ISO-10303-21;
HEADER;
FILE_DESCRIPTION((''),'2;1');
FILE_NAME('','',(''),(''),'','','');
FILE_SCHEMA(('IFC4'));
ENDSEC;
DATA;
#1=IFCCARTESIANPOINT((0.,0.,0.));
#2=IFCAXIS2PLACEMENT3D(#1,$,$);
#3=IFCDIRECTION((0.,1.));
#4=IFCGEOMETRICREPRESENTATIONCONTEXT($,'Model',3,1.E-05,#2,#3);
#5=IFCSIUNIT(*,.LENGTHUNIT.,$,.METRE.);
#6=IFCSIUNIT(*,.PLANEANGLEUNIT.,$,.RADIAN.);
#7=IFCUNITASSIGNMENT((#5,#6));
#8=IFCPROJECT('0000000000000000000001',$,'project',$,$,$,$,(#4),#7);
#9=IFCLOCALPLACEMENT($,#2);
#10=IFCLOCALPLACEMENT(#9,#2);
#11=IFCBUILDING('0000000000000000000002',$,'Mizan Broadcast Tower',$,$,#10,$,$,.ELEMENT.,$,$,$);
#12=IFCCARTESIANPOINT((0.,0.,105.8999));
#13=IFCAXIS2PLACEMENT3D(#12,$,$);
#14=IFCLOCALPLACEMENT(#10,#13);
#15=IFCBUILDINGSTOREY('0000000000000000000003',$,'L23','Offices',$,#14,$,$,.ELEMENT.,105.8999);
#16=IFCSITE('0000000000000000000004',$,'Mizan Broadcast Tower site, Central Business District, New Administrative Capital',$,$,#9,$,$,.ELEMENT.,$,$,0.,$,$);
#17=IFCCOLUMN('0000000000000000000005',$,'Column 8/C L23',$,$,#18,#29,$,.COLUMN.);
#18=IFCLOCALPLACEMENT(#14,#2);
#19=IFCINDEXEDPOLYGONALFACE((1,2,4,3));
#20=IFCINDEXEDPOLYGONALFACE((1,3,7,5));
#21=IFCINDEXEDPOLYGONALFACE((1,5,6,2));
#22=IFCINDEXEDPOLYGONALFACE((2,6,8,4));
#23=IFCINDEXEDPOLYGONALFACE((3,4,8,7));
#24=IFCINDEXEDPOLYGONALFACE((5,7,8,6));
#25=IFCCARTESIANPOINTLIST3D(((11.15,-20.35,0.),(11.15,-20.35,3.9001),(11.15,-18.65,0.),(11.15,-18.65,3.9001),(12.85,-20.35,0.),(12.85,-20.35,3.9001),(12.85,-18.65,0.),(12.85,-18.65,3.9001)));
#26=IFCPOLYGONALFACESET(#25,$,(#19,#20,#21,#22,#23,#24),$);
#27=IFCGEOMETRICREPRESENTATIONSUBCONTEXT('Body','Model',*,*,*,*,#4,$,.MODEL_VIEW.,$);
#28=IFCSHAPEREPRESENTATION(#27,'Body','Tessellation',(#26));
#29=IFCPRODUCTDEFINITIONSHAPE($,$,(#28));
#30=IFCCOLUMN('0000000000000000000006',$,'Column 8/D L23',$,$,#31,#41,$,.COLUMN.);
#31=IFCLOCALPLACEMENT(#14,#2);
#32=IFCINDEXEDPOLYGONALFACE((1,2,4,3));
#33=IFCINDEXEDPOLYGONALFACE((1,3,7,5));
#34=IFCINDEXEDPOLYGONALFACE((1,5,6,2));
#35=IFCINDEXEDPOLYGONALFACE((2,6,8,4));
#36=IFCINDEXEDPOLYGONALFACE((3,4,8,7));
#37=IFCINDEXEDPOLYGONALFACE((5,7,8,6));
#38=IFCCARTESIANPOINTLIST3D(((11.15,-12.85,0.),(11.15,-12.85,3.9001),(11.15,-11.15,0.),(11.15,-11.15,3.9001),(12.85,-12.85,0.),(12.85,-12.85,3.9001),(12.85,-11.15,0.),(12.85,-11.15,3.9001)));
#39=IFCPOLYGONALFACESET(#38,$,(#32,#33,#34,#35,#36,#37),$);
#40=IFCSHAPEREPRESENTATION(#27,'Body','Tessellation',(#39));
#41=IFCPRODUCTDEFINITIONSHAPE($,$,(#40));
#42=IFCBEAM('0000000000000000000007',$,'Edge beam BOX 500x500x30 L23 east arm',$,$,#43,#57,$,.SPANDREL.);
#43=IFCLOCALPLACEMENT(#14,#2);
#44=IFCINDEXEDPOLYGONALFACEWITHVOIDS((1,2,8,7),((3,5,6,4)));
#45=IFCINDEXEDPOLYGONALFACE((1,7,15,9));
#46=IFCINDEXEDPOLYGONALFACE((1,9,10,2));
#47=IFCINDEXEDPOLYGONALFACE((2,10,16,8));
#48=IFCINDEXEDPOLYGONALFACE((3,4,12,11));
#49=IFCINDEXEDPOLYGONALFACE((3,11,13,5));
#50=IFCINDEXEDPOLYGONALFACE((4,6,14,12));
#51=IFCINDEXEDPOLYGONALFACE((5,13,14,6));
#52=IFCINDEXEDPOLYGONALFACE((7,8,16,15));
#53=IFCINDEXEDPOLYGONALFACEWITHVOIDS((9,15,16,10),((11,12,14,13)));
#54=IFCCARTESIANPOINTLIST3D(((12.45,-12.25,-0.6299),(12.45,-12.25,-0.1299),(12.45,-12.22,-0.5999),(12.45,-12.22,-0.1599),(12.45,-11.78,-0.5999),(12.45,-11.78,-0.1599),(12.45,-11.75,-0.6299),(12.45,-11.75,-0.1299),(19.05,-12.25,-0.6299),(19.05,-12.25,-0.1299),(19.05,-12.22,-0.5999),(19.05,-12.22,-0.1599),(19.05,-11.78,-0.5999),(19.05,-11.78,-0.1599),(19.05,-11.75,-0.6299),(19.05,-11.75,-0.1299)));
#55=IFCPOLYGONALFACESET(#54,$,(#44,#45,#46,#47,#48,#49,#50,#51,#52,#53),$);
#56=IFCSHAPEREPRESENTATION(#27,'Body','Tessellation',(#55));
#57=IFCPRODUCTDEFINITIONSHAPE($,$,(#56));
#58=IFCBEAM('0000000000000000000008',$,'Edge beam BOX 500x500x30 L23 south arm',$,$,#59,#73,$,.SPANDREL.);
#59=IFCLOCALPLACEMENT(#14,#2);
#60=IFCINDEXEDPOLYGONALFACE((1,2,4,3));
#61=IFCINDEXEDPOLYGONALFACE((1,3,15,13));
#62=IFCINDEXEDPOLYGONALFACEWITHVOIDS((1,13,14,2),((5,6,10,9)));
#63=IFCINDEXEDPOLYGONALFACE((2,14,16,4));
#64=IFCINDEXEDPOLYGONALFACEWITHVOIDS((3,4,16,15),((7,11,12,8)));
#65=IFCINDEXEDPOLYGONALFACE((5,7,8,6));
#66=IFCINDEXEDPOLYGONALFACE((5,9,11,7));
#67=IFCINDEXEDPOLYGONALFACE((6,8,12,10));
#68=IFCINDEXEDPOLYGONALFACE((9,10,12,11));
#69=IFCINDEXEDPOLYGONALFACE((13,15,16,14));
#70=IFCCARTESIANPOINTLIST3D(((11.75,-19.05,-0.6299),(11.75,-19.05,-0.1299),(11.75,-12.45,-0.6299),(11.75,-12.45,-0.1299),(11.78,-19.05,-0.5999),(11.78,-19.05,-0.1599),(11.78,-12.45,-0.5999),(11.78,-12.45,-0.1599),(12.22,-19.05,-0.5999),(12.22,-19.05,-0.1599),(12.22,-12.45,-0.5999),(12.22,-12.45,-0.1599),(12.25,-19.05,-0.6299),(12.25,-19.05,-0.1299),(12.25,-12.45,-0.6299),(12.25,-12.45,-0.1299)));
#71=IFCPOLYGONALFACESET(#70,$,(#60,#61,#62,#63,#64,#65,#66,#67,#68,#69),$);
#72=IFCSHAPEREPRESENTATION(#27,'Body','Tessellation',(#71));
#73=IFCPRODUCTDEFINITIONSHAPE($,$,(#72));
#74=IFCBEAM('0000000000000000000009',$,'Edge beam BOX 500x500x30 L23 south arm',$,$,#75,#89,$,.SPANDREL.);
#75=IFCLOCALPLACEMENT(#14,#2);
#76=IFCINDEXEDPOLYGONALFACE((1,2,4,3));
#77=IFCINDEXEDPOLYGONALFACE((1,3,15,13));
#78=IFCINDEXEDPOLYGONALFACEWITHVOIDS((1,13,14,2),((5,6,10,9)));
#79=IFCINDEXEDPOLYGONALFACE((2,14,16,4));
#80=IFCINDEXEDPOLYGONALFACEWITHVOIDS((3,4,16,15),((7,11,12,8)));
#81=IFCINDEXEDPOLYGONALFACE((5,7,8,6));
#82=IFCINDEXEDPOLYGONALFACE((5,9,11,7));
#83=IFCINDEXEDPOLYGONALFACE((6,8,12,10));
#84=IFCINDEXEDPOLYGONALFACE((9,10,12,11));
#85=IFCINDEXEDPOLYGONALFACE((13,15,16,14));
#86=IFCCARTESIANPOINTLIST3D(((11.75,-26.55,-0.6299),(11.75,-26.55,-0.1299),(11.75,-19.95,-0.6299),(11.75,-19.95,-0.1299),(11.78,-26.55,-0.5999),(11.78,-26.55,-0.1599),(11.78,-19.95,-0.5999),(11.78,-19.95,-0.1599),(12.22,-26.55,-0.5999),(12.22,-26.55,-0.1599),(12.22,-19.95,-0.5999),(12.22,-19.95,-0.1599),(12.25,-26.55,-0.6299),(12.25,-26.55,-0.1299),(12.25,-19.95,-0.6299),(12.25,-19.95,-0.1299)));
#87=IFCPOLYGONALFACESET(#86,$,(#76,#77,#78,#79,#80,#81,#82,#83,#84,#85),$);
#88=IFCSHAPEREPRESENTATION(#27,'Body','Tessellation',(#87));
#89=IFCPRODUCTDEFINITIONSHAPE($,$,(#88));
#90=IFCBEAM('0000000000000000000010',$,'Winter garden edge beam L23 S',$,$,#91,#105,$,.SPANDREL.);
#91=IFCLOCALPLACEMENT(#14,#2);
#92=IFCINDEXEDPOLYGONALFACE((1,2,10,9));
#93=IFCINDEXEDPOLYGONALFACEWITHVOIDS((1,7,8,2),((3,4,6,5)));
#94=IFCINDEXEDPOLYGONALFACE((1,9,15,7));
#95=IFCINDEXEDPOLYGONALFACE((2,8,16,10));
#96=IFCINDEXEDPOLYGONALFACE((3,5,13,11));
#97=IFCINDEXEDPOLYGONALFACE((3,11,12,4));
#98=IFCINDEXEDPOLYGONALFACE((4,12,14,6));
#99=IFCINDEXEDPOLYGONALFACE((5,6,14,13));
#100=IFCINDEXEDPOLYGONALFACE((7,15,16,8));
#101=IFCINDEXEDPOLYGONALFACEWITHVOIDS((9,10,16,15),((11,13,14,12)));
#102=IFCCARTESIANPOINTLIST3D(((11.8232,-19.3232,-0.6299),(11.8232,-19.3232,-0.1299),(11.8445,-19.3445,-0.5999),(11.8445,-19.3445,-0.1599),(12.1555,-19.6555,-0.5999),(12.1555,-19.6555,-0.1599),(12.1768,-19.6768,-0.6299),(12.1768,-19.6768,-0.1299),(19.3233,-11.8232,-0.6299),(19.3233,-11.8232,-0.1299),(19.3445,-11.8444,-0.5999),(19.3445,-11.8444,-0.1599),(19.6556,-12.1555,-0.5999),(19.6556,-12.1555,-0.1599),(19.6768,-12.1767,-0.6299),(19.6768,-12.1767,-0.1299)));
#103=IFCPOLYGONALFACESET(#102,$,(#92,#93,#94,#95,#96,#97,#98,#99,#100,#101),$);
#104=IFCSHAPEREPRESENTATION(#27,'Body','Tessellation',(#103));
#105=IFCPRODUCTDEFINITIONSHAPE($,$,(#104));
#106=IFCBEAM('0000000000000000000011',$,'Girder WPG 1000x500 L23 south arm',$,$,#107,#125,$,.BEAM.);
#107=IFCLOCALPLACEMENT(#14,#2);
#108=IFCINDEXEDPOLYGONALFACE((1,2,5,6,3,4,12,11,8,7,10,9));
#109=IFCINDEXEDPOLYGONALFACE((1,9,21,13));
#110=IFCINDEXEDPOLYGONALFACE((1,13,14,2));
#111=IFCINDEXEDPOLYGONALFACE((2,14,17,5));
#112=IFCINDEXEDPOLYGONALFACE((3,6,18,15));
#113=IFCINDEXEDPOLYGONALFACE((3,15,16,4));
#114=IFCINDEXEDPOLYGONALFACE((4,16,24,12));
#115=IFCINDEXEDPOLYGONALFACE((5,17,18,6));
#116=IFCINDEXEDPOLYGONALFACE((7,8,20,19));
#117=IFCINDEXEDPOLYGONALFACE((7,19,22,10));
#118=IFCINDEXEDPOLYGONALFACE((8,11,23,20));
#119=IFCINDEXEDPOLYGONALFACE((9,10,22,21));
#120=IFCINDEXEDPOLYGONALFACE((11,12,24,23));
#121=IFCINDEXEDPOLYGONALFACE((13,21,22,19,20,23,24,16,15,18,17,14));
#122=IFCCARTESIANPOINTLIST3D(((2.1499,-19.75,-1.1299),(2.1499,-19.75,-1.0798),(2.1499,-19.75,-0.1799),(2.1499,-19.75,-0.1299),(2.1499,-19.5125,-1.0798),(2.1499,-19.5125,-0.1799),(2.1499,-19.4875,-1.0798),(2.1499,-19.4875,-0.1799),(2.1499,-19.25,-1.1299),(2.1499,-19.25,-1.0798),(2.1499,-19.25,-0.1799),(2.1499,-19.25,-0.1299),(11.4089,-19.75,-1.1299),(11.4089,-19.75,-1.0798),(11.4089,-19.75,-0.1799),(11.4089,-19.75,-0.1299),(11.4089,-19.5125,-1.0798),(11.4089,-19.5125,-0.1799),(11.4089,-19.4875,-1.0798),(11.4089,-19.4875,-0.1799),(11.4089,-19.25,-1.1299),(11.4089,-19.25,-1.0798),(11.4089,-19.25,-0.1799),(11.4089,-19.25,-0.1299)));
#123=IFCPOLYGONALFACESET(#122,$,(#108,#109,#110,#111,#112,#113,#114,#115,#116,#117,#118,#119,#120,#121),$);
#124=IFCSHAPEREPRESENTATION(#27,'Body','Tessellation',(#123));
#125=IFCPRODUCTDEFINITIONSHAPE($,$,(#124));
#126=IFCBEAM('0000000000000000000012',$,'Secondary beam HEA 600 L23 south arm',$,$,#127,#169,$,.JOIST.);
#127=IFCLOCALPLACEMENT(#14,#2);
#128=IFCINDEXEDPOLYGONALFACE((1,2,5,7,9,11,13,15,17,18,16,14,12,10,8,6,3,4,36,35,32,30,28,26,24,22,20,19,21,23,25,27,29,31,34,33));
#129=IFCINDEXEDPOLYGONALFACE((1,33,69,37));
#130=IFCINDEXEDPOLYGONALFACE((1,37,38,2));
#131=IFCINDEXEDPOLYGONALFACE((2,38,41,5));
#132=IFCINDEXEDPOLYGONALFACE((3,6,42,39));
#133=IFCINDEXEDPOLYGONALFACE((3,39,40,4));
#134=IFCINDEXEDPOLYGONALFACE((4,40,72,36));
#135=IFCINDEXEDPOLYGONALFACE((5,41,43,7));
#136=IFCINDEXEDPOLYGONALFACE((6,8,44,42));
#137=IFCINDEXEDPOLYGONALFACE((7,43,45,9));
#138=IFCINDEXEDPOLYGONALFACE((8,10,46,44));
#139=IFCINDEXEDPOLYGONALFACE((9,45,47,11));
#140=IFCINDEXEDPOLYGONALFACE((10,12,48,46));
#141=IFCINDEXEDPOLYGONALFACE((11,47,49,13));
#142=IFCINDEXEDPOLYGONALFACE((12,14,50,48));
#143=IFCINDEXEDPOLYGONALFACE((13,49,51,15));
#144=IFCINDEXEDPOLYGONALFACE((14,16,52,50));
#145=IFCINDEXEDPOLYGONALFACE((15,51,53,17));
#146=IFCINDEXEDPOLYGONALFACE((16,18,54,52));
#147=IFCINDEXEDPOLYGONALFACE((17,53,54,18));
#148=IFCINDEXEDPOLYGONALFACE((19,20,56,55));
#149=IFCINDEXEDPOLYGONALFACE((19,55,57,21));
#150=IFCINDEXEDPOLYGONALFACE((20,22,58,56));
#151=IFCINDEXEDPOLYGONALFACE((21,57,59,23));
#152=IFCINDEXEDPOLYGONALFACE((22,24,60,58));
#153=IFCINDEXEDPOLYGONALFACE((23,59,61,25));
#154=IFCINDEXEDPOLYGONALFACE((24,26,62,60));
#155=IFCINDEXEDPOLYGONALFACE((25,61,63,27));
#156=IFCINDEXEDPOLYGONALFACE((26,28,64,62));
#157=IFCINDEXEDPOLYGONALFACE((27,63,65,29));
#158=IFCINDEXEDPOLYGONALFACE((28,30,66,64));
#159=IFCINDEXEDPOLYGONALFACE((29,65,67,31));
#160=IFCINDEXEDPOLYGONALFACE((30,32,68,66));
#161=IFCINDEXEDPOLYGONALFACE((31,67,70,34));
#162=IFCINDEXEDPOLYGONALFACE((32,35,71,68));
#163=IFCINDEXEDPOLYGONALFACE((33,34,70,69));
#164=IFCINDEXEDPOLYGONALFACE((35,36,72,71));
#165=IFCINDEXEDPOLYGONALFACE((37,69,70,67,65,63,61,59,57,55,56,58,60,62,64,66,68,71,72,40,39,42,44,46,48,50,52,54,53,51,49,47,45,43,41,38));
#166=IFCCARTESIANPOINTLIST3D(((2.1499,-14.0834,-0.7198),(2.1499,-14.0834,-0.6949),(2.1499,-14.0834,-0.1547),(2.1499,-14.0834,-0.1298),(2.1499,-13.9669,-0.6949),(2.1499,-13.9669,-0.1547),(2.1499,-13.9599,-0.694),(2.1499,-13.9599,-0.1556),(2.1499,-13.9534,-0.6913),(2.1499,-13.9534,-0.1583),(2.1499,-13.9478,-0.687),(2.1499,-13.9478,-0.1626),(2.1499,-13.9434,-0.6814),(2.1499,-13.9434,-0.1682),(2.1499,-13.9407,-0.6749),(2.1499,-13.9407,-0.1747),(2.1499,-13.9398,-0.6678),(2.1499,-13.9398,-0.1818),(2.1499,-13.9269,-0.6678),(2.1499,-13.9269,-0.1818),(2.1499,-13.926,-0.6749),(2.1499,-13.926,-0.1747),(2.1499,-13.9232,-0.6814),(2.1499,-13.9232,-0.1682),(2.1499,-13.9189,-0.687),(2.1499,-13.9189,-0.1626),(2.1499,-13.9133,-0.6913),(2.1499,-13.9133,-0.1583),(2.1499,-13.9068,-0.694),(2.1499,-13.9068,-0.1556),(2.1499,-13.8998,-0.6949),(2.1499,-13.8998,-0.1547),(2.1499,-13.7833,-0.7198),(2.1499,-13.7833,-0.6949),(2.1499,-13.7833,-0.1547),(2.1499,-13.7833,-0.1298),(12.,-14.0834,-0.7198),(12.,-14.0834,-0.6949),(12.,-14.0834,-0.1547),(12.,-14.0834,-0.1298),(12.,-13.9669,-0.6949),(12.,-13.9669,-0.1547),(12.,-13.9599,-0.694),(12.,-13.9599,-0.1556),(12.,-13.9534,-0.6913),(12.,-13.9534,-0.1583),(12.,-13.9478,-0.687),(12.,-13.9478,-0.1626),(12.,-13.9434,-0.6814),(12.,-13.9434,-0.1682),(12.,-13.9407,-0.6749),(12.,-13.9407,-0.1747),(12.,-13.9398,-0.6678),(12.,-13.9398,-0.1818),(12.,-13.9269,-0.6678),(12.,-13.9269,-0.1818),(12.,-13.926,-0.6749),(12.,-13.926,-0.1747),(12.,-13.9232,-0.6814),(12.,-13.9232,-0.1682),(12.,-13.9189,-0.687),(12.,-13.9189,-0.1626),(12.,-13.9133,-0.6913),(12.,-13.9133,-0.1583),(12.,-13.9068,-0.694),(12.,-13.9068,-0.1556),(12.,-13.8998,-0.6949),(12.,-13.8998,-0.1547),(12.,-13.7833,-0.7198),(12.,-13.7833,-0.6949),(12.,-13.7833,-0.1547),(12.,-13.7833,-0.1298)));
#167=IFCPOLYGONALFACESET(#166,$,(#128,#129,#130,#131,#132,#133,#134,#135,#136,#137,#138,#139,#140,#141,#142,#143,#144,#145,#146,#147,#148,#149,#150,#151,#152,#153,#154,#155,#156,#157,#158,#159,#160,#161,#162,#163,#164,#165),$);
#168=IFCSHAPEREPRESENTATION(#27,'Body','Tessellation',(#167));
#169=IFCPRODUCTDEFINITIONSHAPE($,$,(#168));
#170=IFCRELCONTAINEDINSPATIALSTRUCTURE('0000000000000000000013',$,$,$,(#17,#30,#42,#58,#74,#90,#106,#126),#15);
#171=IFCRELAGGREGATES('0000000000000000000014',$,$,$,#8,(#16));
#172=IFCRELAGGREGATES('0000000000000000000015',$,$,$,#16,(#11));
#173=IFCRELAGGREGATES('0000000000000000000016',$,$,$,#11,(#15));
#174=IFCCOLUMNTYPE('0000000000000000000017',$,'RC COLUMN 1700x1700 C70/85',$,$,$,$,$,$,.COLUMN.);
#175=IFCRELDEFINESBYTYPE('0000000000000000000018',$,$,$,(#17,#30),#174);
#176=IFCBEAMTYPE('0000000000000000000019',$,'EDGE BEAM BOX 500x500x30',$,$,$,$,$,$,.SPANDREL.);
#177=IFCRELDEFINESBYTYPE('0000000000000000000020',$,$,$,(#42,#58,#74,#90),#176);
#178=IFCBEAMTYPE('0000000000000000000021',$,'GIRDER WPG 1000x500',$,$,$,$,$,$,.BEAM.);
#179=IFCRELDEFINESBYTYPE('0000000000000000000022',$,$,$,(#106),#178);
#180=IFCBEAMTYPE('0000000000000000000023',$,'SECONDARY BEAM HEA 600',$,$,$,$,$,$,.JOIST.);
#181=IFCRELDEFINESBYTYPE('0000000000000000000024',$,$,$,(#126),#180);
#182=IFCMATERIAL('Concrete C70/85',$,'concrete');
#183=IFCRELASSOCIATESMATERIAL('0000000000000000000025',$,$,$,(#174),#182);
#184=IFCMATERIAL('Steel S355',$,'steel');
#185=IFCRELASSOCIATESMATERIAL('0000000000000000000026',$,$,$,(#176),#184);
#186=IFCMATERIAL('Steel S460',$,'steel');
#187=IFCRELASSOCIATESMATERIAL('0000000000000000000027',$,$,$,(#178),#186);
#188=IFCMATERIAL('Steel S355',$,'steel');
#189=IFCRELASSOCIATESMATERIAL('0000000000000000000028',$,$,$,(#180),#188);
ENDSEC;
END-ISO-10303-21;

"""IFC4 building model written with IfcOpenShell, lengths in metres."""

from ifc_helpers import new_model, si_unit, direction, frame, origin, origin_2d, place, context, subcontext, project, spatial, rectangle, hollow_rectangle, i_section, extrude, material, material_profile, profile_set, type_object, element, save


model = new_model("IFC4")

# Units and contexts
model_context = context("Model", 3, precision=1e-05, world=origin(), true_north=direction((0.0, 1.0)))
body_context = subcontext(model_context, "Body", "Model", "MODEL_VIEW")
ifc_project = project(units=[si_unit("LENGTHUNIT", "METRE"), si_unit("PLANEANGLEUNIT", "RADIAN")], contexts=[model_context])

# Site, building, storey
site_placement = place(None, origin())
site = spatial("IfcSite", under=ifc_project, at=site_placement, Name="Mizan Broadcast Tower site, Central Business District, New Administrative Capital", CompositionType="ELEMENT", RefElevation=0.0)
building_placement = place(site_placement, origin())
building = spatial("IfcBuilding", under=site, at=building_placement, Name="Mizan Broadcast Tower", CompositionType="ELEMENT")
storey_placement = place(building_placement, frame((0.0, 0.0, 105.8999)))
storey = spatial("IfcBuildingStorey", under=building, at=storey_placement, Name="L23", Description="Offices", CompositionType="ELEMENT", Elevation=105.8999)

# Columns
ifc_material_1 = material(Name="Concrete C70/85", Category="concrete")
ifc_material_profile_1 = material_profile(ifc_material_1, rectangle(XDim=1.7, YDim=1.7, at=origin_2d()), Name="RC 1700x1700")
ifc_profile_set_1 = profile_set([ifc_material_profile_1], Name="Concrete C70/85")
column_type = type_object("IfcColumnType", Name="RC COLUMN 1700x1700 C70/85", PredefinedType="COLUMN", material=ifc_profile_set_1)
for number, where, z_axis, x_axis, name in (
    (1, (12.0, -19.5, 0.0), (0.0, 0.0, 1.0), (1.0, 0.0, 0.0), "Column 8/C L23"),
    (2, (12.0, -12.0, 0.0), (0.0, 0.0, 1.0), (1.0, 0.0, 0.0), "Column 8/D L23"),
):
    element("IfcColumn", number, at=place(storey_placement, frame(where, z_axis=z_axis, x_axis=x_axis)), inside=storey, type_object=column_type, Name=name, PredefinedType="COLUMN", context=body_context, shape_type="SweptSolid", body=[
        extrude(rectangle(XDim=1.7, YDim=1.7, at=origin_2d()), origin(), (0.0, 0.0, 1.0), 3.9001),
    ])

# Beams
ifc_material_2 = material(Name="Steel S355", Category="steel")
ifc_material_profile_2 = material_profile(ifc_material_2, hollow_rectangle(XDim=0.5, YDim=0.5, WallThickness=0.03, at=origin_2d()), Name="BOX 500x500x30")
ifc_profile_set_2 = profile_set([ifc_material_profile_2], Name="Steel S355")
beam_type_1 = type_object("IfcBeamType", Name="EDGE BEAM BOX 500x500x30", PredefinedType="SPANDREL", material=ifc_profile_set_2)
for number, where, z_axis, x_axis, name in (
    (3, (12.45, -12.0, -0.3799), (1.0, 0.0, 0.0), (0.0, 1.0, 0.0), "Edge beam BOX 500x500x30 L23 east arm"),
    (4, (12.0, -12.45, -0.3799), (0.0, -1.0, 0.0), (1.0, 0.0, 0.0), "Edge beam BOX 500x500x30 L23 south arm"),
    (5, (12.0, -19.95, -0.3799), (0.0, -1.0, 0.0), (1.0, 0.0, 0.0), "Edge beam BOX 500x500x30 L23 south arm"),
):
    element("IfcBeam", number, at=place(storey_placement, frame(where, z_axis=z_axis, x_axis=x_axis)), inside=storey, type_object=beam_type_1, Name=name, PredefinedType="SPANDREL", context=body_context, shape_type="SweptSolid", body=[
        extrude(hollow_rectangle(XDim=0.5, YDim=0.5, WallThickness=0.03, at=origin_2d()), origin(), (0.0, 0.0, 1.0), 6.6001),
    ])
beam_1_placement = place(storey_placement, frame((12.0, -19.5, -0.3799), z_axis=(0.707107, 0.707107, 0.0), x_axis=(-0.707107, 0.707107, 0.0)))
element("IfcBeam", 6, at=beam_1_placement, inside=storey, type_object=beam_type_1, Name="Winter garden edge beam L23 S", PredefinedType="SPANDREL", context=body_context, shape_type="SweptSolid", body=[
    extrude(hollow_rectangle(XDim=0.5, YDim=0.5, WallThickness=0.03, at=origin_2d()), origin(), (0.0, 0.0, 1.0), 10.6067),
])
ifc_material_3 = material(Name="Steel S460", Category="steel")
ifc_material_profile_3 = material_profile(ifc_material_3, i_section(OverallWidth=0.5, OverallDepth=1.0, WebThickness=0.0249, FlangeThickness=0.05, at=origin_2d()), Name="WPG 1000x500")
ifc_profile_set_3 = profile_set([ifc_material_profile_3], Name="Steel S460")
beam_type_2 = type_object("IfcBeamType", Name="GIRDER WPG 1000x500", PredefinedType="BEAM", material=ifc_profile_set_3)
beam_2_placement = place(storey_placement, frame((11.4089, -19.5, -0.6299), z_axis=(-1.0, 0.0, 0.0), x_axis=(0.0, -1.0, 0.0)))
element("IfcBeam", 7, at=beam_2_placement, inside=storey, type_object=beam_type_2, Name="Girder WPG 1000x500 L23 south arm", PredefinedType="BEAM", context=body_context, shape_type="SweptSolid", body=[
    extrude(i_section(OverallWidth=0.5, OverallDepth=1.0, WebThickness=0.0249, FlangeThickness=0.05, at=origin_2d()), origin(), (0.0, 0.0, 1.0), 9.259),
])
ifc_material_4 = material(Name="Steel S355", Category="steel")
ifc_material_profile_4 = material_profile(ifc_material_4, i_section(OverallWidth=0.3, OverallDepth=0.5901, WebThickness=0.0129, FlangeThickness=0.0249, FilletRadius=0.0271, at=origin_2d()), Name="HEA 600")
ifc_profile_set_4 = profile_set([ifc_material_profile_4], Name="Steel S355")
beam_type_3 = type_object("IfcBeamType", Name="SECONDARY BEAM HEA 600", PredefinedType="JOIST", material=ifc_profile_set_4)
for number, where, z_axis, x_axis, name in (
    (8, (12.0, -13.9333, -0.4248), (-1.0, 0.0, 0.0), (0.0, -1.0, 0.0), "Secondary beam HEA 600 L23 south arm"),
):
    element("IfcBeam", number, at=place(storey_placement, frame(where, z_axis=z_axis, x_axis=x_axis)), inside=storey, type_object=beam_type_3, Name=name, PredefinedType="JOIST", context=body_context, shape_type="SweptSolid", body=[
        extrude(i_section(OverallWidth=0.3, OverallDepth=0.5901, WebThickness=0.0129, FlangeThickness=0.0249, FilletRadius=0.0271, at=origin_2d()), origin(), (0.0, 0.0, 1.0), 9.8501),
    ])

save(model, "model.ifc")
